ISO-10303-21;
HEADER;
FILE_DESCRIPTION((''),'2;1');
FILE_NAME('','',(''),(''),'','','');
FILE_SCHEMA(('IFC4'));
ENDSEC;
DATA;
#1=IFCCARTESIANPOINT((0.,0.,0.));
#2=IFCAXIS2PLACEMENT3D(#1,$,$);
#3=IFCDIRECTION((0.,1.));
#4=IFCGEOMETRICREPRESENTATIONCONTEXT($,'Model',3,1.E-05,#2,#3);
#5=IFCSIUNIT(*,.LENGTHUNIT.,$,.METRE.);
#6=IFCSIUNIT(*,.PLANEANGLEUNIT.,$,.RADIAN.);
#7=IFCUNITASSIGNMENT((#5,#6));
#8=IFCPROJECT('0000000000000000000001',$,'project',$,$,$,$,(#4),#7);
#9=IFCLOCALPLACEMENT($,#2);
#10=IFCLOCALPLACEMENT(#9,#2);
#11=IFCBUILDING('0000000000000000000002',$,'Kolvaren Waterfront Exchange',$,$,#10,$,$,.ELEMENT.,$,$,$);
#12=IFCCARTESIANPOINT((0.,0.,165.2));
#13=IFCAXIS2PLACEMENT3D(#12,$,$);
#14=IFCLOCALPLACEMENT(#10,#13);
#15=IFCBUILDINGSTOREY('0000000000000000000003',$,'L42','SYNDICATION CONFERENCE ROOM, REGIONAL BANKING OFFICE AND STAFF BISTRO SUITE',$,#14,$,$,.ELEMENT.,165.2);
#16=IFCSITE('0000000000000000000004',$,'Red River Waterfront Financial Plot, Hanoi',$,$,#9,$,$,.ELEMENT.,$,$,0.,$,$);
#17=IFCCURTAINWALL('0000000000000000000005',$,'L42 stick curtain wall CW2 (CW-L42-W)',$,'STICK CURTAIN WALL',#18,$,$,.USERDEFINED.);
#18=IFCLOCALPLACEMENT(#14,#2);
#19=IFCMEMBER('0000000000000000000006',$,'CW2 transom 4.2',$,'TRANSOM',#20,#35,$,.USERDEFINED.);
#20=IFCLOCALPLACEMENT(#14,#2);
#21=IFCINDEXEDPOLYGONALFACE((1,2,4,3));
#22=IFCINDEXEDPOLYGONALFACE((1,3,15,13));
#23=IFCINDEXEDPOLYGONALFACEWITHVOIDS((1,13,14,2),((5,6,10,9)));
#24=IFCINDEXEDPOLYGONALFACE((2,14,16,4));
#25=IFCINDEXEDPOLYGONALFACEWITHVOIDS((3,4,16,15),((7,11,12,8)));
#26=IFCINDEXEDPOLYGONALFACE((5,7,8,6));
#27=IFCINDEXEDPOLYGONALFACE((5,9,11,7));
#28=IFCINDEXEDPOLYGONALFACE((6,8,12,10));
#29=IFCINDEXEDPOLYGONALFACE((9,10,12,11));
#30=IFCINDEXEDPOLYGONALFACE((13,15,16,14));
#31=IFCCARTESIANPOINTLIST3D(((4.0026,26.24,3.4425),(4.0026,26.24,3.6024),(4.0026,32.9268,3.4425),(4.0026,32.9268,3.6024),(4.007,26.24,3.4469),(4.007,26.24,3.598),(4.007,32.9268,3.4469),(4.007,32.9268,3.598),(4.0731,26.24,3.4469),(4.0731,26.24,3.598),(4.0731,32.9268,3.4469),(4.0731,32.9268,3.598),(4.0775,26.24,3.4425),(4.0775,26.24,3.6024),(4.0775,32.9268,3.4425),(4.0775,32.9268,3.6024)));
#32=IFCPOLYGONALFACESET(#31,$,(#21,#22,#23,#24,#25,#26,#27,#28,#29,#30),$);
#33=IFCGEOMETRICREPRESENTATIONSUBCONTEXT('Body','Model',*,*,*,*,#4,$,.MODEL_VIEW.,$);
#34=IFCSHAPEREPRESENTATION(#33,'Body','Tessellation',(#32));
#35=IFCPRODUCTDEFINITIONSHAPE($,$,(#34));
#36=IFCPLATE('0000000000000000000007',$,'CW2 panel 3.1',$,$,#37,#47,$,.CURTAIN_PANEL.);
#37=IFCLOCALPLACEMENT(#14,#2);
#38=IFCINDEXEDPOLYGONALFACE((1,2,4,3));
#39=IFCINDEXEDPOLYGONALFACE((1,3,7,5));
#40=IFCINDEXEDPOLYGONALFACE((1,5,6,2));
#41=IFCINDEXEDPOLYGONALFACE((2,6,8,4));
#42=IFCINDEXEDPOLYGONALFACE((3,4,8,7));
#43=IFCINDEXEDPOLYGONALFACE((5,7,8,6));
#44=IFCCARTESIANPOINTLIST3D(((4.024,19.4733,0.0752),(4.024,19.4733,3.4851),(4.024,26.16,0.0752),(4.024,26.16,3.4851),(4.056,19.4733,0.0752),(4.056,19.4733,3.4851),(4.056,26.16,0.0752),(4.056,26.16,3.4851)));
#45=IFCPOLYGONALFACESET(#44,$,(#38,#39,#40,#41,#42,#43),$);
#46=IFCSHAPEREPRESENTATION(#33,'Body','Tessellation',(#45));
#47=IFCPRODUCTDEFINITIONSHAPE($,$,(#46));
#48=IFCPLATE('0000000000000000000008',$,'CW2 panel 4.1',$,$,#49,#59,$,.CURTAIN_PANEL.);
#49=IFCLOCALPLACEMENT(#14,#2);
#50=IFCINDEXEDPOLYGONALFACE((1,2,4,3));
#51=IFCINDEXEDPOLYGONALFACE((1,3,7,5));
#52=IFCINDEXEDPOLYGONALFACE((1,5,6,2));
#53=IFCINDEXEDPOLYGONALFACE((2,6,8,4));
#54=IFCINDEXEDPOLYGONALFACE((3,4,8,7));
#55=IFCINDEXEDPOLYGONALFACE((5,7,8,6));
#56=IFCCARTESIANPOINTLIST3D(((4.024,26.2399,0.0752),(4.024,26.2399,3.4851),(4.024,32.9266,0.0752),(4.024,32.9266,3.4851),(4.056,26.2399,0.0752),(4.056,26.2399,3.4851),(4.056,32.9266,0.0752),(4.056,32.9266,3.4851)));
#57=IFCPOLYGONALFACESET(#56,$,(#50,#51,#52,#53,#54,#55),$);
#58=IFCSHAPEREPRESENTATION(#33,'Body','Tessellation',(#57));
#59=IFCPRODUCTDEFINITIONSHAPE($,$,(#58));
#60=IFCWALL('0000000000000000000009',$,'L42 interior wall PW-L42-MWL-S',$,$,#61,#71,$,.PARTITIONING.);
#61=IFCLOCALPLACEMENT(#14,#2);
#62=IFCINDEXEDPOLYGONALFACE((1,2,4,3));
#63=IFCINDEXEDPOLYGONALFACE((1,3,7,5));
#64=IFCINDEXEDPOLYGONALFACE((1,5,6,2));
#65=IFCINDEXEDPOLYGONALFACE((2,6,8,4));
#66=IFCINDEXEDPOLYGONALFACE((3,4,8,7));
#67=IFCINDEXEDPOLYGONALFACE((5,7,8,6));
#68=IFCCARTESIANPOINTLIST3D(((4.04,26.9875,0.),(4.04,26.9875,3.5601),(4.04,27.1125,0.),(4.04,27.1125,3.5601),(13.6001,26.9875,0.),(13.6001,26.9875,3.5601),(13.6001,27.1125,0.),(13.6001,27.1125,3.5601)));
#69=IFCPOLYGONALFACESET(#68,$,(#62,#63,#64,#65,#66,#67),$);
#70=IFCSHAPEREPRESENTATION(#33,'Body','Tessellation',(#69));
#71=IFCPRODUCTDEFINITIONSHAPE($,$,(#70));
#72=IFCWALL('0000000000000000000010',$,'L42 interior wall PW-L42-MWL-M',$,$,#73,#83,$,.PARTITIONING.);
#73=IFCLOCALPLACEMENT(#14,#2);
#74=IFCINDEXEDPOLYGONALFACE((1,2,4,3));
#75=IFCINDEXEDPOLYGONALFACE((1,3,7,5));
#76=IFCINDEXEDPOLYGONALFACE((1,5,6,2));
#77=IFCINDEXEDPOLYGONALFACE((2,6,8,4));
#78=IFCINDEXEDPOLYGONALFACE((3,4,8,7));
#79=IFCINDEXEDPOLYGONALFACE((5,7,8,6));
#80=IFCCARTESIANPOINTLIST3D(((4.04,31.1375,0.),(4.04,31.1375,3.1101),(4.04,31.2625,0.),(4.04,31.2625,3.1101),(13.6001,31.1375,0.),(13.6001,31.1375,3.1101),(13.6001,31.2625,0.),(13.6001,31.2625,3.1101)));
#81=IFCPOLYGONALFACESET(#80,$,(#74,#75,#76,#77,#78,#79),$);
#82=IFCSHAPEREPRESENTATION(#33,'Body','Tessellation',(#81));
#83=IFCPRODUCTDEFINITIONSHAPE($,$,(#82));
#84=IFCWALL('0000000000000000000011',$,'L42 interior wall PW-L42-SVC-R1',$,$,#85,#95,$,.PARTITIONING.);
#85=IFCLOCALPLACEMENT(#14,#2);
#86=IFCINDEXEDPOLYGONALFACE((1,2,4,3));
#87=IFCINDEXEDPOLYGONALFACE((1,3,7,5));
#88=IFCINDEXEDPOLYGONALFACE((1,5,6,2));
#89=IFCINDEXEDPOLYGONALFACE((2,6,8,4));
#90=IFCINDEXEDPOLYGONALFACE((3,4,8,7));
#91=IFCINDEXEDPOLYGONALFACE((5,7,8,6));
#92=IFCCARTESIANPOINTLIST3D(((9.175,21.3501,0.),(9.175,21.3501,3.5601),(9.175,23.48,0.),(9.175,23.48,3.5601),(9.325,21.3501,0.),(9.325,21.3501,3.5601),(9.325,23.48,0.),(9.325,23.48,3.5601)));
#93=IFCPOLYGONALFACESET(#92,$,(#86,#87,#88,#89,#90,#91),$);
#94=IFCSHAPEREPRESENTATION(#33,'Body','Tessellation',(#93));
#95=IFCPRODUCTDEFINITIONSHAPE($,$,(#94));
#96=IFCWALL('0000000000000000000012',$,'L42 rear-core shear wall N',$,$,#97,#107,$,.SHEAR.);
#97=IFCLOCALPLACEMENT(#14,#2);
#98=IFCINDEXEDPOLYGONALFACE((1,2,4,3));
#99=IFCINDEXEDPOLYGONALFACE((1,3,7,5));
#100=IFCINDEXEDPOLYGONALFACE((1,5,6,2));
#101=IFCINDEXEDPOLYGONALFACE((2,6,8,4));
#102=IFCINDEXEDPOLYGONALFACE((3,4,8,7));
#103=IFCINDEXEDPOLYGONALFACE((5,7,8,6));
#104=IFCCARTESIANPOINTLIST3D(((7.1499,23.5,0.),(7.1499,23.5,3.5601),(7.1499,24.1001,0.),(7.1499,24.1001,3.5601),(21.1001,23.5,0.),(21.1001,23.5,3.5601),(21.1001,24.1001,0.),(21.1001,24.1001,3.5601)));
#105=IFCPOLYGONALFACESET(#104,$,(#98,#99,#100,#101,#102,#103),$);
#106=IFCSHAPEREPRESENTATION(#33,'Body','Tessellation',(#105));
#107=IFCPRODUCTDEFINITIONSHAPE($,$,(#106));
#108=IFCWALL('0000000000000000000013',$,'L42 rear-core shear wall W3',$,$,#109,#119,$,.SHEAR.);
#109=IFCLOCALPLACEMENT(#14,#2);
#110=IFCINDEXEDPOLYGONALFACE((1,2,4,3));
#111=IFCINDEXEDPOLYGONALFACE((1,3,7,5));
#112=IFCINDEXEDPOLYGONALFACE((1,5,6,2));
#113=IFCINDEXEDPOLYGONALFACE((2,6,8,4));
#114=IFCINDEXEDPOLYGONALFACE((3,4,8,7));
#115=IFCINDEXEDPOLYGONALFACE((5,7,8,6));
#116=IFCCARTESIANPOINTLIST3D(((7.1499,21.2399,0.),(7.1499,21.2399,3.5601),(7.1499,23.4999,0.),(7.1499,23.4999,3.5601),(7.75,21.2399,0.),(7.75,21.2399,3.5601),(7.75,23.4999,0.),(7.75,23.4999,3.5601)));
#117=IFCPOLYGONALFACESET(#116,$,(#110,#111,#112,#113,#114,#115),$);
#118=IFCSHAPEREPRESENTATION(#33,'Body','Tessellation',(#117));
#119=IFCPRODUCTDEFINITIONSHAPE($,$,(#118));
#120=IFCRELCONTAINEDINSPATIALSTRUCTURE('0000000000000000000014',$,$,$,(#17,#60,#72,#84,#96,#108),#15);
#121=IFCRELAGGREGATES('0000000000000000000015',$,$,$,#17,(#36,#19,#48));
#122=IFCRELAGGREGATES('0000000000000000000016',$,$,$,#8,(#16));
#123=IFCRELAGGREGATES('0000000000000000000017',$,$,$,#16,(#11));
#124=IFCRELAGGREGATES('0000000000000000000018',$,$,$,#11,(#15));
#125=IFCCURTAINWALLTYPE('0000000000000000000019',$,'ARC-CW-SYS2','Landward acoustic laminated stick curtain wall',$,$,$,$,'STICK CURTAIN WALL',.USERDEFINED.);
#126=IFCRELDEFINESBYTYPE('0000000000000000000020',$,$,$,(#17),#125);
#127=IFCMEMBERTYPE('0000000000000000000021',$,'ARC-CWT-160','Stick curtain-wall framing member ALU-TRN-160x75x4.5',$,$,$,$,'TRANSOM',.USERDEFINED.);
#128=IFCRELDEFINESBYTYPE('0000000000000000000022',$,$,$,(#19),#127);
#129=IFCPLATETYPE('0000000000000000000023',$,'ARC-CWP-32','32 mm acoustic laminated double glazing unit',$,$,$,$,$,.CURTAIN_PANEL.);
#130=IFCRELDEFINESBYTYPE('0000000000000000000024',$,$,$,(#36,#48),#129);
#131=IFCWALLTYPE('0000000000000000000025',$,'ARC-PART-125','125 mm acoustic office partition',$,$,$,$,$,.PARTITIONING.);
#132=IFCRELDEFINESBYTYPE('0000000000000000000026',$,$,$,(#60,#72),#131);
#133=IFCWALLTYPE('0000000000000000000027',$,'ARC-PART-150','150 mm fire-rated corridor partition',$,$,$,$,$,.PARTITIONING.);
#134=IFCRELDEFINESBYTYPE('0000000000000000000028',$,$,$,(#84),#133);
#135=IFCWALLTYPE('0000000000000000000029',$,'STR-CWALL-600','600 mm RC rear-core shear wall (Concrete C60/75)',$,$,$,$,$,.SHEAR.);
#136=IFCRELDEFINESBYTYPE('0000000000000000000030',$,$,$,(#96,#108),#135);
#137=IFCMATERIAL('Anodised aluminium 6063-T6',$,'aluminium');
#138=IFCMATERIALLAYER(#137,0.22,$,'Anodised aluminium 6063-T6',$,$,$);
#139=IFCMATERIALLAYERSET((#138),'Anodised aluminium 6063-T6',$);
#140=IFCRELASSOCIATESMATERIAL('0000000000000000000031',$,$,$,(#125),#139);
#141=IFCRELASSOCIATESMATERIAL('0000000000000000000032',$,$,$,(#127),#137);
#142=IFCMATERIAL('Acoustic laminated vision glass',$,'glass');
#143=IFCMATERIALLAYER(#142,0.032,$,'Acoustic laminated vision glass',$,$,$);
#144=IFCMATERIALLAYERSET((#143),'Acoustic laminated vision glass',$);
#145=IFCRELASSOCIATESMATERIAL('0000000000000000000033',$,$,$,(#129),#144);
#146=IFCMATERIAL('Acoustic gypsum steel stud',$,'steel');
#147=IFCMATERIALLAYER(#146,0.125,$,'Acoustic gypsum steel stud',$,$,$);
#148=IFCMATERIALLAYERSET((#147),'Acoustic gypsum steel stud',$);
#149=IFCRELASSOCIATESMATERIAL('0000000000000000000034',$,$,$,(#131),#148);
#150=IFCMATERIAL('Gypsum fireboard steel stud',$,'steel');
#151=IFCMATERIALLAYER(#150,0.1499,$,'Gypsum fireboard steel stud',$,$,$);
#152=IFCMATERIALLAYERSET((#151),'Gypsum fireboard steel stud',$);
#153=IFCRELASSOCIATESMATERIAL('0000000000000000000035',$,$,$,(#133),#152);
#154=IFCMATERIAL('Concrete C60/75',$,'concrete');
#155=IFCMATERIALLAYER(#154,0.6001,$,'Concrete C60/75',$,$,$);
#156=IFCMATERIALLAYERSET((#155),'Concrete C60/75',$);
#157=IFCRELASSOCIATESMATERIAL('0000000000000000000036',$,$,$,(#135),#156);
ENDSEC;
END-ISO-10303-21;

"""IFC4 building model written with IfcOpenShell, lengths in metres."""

from ifc_helpers import new_model, si_unit, direction, frame, frame_2d, origin, origin_with_axes, origin_2d, place, context, subcontext, project, spatial, rectangle, hollow_rectangle, extrude, source, transform, mapped, material, layer, layer_set, material_profile, profile_set, type_object, element, aggregate, save


model = new_model("IFC4")

# Units and contexts
model_context = context("Model", 3, precision=1e-05, world=origin(), true_north=direction((0.0, 1.0)))
body_context = subcontext(model_context, "Body", "Model", "MODEL_VIEW")
ifc_project = project(units=[si_unit("LENGTHUNIT", "METRE"), si_unit("PLANEANGLEUNIT", "RADIAN")], contexts=[model_context])

# Site, building, storey
site_placement = place(None, origin())
site = spatial("IfcSite", under=ifc_project, at=site_placement, Name="Red River Waterfront Financial Plot, Hanoi", CompositionType="ELEMENT", RefElevation=0.0)
building_placement = place(site_placement, origin())
building = spatial("IfcBuilding", under=site, at=building_placement, Name="Kolvaren Waterfront Exchange", CompositionType="ELEMENT")
storey_placement = place(building_placement, frame((0.0, 0.0, 165.2)))
storey = spatial("IfcBuildingStorey", under=building, at=storey_placement, Name="L42", Description="SYNDICATION CONFERENCE ROOM, REGIONAL BANKING OFFICE AND STAFF BISTRO SUITE", CompositionType="ELEMENT", Elevation=165.2)

# Shared definitions
ifc_material_1 = material(Name="Concrete C60/75", Category="concrete")

# Curtain wall, member, plates
ifc_material_2 = material(Name="Anodised aluminium 6063-T6", Category="aluminium")
ifc_layer_1 = layer(ifc_material_2, 0.22, Name="Anodised aluminium 6063-T6")
ifc_layer_set_1 = layer_set([ifc_layer_1], Name="Anodised aluminium 6063-T6")
curtain_wall_type = type_object("IfcCurtainWallType", Name="ARC-CW-SYS2", Description="Landward acoustic laminated stick curtain wall", ElementType="STICK CURTAIN WALL", PredefinedType="USERDEFINED", material=ifc_layer_set_1)
curtain_wall_placement = place(storey_placement, origin())
curtain_wall = element("IfcCurtainWall", 1, at=curtain_wall_placement, inside=storey, type_object=curtain_wall_type, Name="L42 stick curtain wall CW2 (CW-L42-W)", ObjectType="STICK CURTAIN WALL", PredefinedType="USERDEFINED")
ifc_material_profile_1 = material_profile(ifc_material_2, hollow_rectangle(XDim=0.075, YDim=0.1599, WallThickness=0.0044, at=origin_2d()), Name="ALU-TRN-160x75x4.5")
ifc_profile_set_1 = profile_set([ifc_material_profile_1], Name="Anodised aluminium 6063-T6")
member_type_1 = type_object("IfcMemberType", Name="ARC-CWT-160", Description="Stick curtain-wall framing member ALU-TRN-160x75x4.5", ElementType="TRANSOM", PredefinedType="USERDEFINED", material=ifc_profile_set_1)
shared_shape_1 = source(origin_with_axes(), body_context, "Body", "SweptSolid", [
    extrude(hollow_rectangle(XDim=0.075, YDim=0.1599, WallThickness=0.0044, at=origin_2d()), origin(), (0.0, 0.0, 1.0), 6.6868),
])
member_1_placement = place(storey_placement, frame((4.04, 26.24, 3.5225), z_axis=(0.0, 1.0, 0.0), x_axis=(-1.0, 0.0, 0.0)))
member_1 = element("IfcMember", 2, at=member_1_placement, type_object=member_type_1, Name="CW2 transom 4.2", ObjectType="TRANSOM", PredefinedType="USERDEFINED", context=body_context, shape_type="MappedRepresentation", body=[
    mapped(shared_shape_1, transform((0.0, 0.0, 0.0), x_axis=(1.0, 0.0, 0.0), y_axis=(0.0, 1.0, 0.0), z_axis=(0.0, 0.0, 1.0), scale=1.0)),
])
ifc_material_3 = material(Name="Acoustic laminated vision glass", Category="glass")
ifc_layer_2 = layer(ifc_material_3, 0.032, Name="Acoustic laminated vision glass")
ifc_layer_set_2 = layer_set([ifc_layer_2], Name="Acoustic laminated vision glass")
plate_type = type_object("IfcPlateType", Name="ARC-CWP-32", Description="32 mm acoustic laminated double glazing unit", PredefinedType="CURTAIN_PANEL", material=ifc_layer_set_2)
shared_shape_2 = source(origin_with_axes(), body_context, "Body", "SweptSolid", [
    extrude(rectangle(XDim=6.6868, YDim=0.032, at=origin_2d()), origin(), (0.0, 0.0, 1.0), 3.4099),
])
plate_1_placement = place(storey_placement, frame((4.04, 22.8167, 0.0752), z_axis=(0.0, 0.0, 1.0), x_axis=(0.0, 1.0, 0.0)))
plate_1 = element("IfcPlate", 3, at=plate_1_placement, type_object=plate_type, Name="CW2 panel 3.1", PredefinedType="CURTAIN_PANEL", context=body_context, shape_type="MappedRepresentation", body=[
    mapped(shared_shape_2, transform((0.0, 0.0, 0.0), x_axis=(1.0, 0.0, 0.0), y_axis=(0.0, 1.0, 0.0), z_axis=(0.0, 0.0, 1.0), scale=1.0)),
])
plate_2_placement = place(storey_placement, frame((4.04, 29.5833, 0.0752), z_axis=(0.0, 0.0, 1.0), x_axis=(0.0, 1.0, 0.0)))
plate_2 = element("IfcPlate", 4, at=plate_2_placement, type_object=plate_type, Name="CW2 panel 4.1", PredefinedType="CURTAIN_PANEL", context=body_context, shape_type="MappedRepresentation", body=[
    mapped(shared_shape_2, transform((0.0, 0.0, 0.0), x_axis=(1.0, 0.0, 0.0), y_axis=(0.0, 1.0, 0.0), z_axis=(0.0, 0.0, 1.0), scale=1.0)),
])
aggregate(curtain_wall, [plate_1, member_1, plate_2])

# Shared definitions
ifc_material_4 = material(Name="Acoustic gypsum steel stud", Category="steel")
ifc_layer_3 = layer(ifc_material_4, 0.125, Name="Acoustic gypsum steel stud")
ifc_layer_set_3 = layer_set([ifc_layer_3], Name="Acoustic gypsum steel stud")
wall_type_1 = type_object("IfcWallType", Name="ARC-PART-125", Description="125 mm acoustic office partition", PredefinedType="PARTITIONING", material=ifc_layer_set_3)

# Walls
wall_1_placement = place(storey_placement, frame((4.04, 27.05, 0.0), z_axis=(0.0, 0.0, 1.0), x_axis=(1.0, 0.0, 0.0)))
element("IfcWall", 5, at=wall_1_placement, inside=storey, type_object=wall_type_1, Name="L42 interior wall PW-L42-MWL-S", PredefinedType="PARTITIONING", context=body_context, shape_type="SweptSolid", body=[
    extrude(rectangle(XDim=9.5601, YDim=0.125, at=frame_2d((4.78, 0.0))), origin(), (0.0, 0.0, 1.0), 3.5601),
])
wall_2_placement = place(storey_placement, frame((4.04, 31.2, 0.0), z_axis=(0.0, 0.0, 1.0), x_axis=(1.0, 0.0, 0.0)))
element("IfcWall", 6, at=wall_2_placement, inside=storey, type_object=wall_type_1, Name="L42 interior wall PW-L42-MWL-M", PredefinedType="PARTITIONING", context=body_context, shape_type="SweptSolid", body=[
    extrude(rectangle(XDim=9.5601, YDim=0.125, at=frame_2d((4.78, 0.0))), origin(), (0.0, 0.0, 1.0), 3.1101),
])
ifc_material_5 = material(Name="Gypsum fireboard steel stud", Category="steel")
ifc_layer_4 = layer(ifc_material_5, 0.1499, Name="Gypsum fireboard steel stud")
ifc_layer_set_4 = layer_set([ifc_layer_4], Name="Gypsum fireboard steel stud")
wall_type_2 = type_object("IfcWallType", Name="ARC-PART-150", Description="150 mm fire-rated corridor partition", PredefinedType="PARTITIONING", material=ifc_layer_set_4)
wall_3_placement = place(storey_placement, frame((9.25, 21.3501, 0.0), z_axis=(0.0, 0.0, 1.0), x_axis=(0.0, 1.0, 0.0)))
element("IfcWall", 7, at=wall_3_placement, inside=storey, type_object=wall_type_2, Name="L42 interior wall PW-L42-SVC-R1", PredefinedType="PARTITIONING", context=body_context, shape_type="SweptSolid", body=[
    extrude(rectangle(XDim=2.1299, YDim=0.1499, at=frame_2d((1.0649, 0.0))), origin(), (0.0, 0.0, 1.0), 3.5601),
])

# Walls
ifc_layer_5 = layer(ifc_material_1, 0.6001, Name="Concrete C60/75")
ifc_layer_set_5 = layer_set([ifc_layer_5], Name="Concrete C60/75")
wall_type_3 = type_object("IfcWallType", Name="STR-CWALL-600", Description="600 mm RC rear-core shear wall (Concrete C60/75)", PredefinedType="SHEAR", material=ifc_layer_set_5)
wall_4_placement = place(storey_placement, frame((7.1499, 23.8, 0.0), z_axis=(0.0, 0.0, 1.0), x_axis=(1.0, 0.0, 0.0)))
element("IfcWall", 8, at=wall_4_placement, inside=storey, type_object=wall_type_3, Name="L42 rear-core shear wall N", PredefinedType="SHEAR", context=body_context, shape_type="SweptSolid", body=[
    extrude(rectangle(XDim=13.9502, YDim=0.6001, at=frame_2d((6.9751, 0.0))), origin(), (0.0, 0.0, 1.0), 3.5601),
])
wall_5_placement = place(storey_placement, frame((7.45, 21.24, 0.0), z_axis=(0.0, 0.0, 1.0), x_axis=(0.0, 1.0, 0.0)))
element("IfcWall", 9, at=wall_5_placement, inside=storey, type_object=wall_type_3, Name="L42 rear-core shear wall W3", PredefinedType="SHEAR", context=body_context, shape_type="SweptSolid", body=[
    extrude(rectangle(XDim=2.26, YDim=0.6001, at=frame_2d((1.1299, 0.0))), origin(), (0.0, 0.0, 1.0), 3.5601),
])

save(model, "model.ifc")
